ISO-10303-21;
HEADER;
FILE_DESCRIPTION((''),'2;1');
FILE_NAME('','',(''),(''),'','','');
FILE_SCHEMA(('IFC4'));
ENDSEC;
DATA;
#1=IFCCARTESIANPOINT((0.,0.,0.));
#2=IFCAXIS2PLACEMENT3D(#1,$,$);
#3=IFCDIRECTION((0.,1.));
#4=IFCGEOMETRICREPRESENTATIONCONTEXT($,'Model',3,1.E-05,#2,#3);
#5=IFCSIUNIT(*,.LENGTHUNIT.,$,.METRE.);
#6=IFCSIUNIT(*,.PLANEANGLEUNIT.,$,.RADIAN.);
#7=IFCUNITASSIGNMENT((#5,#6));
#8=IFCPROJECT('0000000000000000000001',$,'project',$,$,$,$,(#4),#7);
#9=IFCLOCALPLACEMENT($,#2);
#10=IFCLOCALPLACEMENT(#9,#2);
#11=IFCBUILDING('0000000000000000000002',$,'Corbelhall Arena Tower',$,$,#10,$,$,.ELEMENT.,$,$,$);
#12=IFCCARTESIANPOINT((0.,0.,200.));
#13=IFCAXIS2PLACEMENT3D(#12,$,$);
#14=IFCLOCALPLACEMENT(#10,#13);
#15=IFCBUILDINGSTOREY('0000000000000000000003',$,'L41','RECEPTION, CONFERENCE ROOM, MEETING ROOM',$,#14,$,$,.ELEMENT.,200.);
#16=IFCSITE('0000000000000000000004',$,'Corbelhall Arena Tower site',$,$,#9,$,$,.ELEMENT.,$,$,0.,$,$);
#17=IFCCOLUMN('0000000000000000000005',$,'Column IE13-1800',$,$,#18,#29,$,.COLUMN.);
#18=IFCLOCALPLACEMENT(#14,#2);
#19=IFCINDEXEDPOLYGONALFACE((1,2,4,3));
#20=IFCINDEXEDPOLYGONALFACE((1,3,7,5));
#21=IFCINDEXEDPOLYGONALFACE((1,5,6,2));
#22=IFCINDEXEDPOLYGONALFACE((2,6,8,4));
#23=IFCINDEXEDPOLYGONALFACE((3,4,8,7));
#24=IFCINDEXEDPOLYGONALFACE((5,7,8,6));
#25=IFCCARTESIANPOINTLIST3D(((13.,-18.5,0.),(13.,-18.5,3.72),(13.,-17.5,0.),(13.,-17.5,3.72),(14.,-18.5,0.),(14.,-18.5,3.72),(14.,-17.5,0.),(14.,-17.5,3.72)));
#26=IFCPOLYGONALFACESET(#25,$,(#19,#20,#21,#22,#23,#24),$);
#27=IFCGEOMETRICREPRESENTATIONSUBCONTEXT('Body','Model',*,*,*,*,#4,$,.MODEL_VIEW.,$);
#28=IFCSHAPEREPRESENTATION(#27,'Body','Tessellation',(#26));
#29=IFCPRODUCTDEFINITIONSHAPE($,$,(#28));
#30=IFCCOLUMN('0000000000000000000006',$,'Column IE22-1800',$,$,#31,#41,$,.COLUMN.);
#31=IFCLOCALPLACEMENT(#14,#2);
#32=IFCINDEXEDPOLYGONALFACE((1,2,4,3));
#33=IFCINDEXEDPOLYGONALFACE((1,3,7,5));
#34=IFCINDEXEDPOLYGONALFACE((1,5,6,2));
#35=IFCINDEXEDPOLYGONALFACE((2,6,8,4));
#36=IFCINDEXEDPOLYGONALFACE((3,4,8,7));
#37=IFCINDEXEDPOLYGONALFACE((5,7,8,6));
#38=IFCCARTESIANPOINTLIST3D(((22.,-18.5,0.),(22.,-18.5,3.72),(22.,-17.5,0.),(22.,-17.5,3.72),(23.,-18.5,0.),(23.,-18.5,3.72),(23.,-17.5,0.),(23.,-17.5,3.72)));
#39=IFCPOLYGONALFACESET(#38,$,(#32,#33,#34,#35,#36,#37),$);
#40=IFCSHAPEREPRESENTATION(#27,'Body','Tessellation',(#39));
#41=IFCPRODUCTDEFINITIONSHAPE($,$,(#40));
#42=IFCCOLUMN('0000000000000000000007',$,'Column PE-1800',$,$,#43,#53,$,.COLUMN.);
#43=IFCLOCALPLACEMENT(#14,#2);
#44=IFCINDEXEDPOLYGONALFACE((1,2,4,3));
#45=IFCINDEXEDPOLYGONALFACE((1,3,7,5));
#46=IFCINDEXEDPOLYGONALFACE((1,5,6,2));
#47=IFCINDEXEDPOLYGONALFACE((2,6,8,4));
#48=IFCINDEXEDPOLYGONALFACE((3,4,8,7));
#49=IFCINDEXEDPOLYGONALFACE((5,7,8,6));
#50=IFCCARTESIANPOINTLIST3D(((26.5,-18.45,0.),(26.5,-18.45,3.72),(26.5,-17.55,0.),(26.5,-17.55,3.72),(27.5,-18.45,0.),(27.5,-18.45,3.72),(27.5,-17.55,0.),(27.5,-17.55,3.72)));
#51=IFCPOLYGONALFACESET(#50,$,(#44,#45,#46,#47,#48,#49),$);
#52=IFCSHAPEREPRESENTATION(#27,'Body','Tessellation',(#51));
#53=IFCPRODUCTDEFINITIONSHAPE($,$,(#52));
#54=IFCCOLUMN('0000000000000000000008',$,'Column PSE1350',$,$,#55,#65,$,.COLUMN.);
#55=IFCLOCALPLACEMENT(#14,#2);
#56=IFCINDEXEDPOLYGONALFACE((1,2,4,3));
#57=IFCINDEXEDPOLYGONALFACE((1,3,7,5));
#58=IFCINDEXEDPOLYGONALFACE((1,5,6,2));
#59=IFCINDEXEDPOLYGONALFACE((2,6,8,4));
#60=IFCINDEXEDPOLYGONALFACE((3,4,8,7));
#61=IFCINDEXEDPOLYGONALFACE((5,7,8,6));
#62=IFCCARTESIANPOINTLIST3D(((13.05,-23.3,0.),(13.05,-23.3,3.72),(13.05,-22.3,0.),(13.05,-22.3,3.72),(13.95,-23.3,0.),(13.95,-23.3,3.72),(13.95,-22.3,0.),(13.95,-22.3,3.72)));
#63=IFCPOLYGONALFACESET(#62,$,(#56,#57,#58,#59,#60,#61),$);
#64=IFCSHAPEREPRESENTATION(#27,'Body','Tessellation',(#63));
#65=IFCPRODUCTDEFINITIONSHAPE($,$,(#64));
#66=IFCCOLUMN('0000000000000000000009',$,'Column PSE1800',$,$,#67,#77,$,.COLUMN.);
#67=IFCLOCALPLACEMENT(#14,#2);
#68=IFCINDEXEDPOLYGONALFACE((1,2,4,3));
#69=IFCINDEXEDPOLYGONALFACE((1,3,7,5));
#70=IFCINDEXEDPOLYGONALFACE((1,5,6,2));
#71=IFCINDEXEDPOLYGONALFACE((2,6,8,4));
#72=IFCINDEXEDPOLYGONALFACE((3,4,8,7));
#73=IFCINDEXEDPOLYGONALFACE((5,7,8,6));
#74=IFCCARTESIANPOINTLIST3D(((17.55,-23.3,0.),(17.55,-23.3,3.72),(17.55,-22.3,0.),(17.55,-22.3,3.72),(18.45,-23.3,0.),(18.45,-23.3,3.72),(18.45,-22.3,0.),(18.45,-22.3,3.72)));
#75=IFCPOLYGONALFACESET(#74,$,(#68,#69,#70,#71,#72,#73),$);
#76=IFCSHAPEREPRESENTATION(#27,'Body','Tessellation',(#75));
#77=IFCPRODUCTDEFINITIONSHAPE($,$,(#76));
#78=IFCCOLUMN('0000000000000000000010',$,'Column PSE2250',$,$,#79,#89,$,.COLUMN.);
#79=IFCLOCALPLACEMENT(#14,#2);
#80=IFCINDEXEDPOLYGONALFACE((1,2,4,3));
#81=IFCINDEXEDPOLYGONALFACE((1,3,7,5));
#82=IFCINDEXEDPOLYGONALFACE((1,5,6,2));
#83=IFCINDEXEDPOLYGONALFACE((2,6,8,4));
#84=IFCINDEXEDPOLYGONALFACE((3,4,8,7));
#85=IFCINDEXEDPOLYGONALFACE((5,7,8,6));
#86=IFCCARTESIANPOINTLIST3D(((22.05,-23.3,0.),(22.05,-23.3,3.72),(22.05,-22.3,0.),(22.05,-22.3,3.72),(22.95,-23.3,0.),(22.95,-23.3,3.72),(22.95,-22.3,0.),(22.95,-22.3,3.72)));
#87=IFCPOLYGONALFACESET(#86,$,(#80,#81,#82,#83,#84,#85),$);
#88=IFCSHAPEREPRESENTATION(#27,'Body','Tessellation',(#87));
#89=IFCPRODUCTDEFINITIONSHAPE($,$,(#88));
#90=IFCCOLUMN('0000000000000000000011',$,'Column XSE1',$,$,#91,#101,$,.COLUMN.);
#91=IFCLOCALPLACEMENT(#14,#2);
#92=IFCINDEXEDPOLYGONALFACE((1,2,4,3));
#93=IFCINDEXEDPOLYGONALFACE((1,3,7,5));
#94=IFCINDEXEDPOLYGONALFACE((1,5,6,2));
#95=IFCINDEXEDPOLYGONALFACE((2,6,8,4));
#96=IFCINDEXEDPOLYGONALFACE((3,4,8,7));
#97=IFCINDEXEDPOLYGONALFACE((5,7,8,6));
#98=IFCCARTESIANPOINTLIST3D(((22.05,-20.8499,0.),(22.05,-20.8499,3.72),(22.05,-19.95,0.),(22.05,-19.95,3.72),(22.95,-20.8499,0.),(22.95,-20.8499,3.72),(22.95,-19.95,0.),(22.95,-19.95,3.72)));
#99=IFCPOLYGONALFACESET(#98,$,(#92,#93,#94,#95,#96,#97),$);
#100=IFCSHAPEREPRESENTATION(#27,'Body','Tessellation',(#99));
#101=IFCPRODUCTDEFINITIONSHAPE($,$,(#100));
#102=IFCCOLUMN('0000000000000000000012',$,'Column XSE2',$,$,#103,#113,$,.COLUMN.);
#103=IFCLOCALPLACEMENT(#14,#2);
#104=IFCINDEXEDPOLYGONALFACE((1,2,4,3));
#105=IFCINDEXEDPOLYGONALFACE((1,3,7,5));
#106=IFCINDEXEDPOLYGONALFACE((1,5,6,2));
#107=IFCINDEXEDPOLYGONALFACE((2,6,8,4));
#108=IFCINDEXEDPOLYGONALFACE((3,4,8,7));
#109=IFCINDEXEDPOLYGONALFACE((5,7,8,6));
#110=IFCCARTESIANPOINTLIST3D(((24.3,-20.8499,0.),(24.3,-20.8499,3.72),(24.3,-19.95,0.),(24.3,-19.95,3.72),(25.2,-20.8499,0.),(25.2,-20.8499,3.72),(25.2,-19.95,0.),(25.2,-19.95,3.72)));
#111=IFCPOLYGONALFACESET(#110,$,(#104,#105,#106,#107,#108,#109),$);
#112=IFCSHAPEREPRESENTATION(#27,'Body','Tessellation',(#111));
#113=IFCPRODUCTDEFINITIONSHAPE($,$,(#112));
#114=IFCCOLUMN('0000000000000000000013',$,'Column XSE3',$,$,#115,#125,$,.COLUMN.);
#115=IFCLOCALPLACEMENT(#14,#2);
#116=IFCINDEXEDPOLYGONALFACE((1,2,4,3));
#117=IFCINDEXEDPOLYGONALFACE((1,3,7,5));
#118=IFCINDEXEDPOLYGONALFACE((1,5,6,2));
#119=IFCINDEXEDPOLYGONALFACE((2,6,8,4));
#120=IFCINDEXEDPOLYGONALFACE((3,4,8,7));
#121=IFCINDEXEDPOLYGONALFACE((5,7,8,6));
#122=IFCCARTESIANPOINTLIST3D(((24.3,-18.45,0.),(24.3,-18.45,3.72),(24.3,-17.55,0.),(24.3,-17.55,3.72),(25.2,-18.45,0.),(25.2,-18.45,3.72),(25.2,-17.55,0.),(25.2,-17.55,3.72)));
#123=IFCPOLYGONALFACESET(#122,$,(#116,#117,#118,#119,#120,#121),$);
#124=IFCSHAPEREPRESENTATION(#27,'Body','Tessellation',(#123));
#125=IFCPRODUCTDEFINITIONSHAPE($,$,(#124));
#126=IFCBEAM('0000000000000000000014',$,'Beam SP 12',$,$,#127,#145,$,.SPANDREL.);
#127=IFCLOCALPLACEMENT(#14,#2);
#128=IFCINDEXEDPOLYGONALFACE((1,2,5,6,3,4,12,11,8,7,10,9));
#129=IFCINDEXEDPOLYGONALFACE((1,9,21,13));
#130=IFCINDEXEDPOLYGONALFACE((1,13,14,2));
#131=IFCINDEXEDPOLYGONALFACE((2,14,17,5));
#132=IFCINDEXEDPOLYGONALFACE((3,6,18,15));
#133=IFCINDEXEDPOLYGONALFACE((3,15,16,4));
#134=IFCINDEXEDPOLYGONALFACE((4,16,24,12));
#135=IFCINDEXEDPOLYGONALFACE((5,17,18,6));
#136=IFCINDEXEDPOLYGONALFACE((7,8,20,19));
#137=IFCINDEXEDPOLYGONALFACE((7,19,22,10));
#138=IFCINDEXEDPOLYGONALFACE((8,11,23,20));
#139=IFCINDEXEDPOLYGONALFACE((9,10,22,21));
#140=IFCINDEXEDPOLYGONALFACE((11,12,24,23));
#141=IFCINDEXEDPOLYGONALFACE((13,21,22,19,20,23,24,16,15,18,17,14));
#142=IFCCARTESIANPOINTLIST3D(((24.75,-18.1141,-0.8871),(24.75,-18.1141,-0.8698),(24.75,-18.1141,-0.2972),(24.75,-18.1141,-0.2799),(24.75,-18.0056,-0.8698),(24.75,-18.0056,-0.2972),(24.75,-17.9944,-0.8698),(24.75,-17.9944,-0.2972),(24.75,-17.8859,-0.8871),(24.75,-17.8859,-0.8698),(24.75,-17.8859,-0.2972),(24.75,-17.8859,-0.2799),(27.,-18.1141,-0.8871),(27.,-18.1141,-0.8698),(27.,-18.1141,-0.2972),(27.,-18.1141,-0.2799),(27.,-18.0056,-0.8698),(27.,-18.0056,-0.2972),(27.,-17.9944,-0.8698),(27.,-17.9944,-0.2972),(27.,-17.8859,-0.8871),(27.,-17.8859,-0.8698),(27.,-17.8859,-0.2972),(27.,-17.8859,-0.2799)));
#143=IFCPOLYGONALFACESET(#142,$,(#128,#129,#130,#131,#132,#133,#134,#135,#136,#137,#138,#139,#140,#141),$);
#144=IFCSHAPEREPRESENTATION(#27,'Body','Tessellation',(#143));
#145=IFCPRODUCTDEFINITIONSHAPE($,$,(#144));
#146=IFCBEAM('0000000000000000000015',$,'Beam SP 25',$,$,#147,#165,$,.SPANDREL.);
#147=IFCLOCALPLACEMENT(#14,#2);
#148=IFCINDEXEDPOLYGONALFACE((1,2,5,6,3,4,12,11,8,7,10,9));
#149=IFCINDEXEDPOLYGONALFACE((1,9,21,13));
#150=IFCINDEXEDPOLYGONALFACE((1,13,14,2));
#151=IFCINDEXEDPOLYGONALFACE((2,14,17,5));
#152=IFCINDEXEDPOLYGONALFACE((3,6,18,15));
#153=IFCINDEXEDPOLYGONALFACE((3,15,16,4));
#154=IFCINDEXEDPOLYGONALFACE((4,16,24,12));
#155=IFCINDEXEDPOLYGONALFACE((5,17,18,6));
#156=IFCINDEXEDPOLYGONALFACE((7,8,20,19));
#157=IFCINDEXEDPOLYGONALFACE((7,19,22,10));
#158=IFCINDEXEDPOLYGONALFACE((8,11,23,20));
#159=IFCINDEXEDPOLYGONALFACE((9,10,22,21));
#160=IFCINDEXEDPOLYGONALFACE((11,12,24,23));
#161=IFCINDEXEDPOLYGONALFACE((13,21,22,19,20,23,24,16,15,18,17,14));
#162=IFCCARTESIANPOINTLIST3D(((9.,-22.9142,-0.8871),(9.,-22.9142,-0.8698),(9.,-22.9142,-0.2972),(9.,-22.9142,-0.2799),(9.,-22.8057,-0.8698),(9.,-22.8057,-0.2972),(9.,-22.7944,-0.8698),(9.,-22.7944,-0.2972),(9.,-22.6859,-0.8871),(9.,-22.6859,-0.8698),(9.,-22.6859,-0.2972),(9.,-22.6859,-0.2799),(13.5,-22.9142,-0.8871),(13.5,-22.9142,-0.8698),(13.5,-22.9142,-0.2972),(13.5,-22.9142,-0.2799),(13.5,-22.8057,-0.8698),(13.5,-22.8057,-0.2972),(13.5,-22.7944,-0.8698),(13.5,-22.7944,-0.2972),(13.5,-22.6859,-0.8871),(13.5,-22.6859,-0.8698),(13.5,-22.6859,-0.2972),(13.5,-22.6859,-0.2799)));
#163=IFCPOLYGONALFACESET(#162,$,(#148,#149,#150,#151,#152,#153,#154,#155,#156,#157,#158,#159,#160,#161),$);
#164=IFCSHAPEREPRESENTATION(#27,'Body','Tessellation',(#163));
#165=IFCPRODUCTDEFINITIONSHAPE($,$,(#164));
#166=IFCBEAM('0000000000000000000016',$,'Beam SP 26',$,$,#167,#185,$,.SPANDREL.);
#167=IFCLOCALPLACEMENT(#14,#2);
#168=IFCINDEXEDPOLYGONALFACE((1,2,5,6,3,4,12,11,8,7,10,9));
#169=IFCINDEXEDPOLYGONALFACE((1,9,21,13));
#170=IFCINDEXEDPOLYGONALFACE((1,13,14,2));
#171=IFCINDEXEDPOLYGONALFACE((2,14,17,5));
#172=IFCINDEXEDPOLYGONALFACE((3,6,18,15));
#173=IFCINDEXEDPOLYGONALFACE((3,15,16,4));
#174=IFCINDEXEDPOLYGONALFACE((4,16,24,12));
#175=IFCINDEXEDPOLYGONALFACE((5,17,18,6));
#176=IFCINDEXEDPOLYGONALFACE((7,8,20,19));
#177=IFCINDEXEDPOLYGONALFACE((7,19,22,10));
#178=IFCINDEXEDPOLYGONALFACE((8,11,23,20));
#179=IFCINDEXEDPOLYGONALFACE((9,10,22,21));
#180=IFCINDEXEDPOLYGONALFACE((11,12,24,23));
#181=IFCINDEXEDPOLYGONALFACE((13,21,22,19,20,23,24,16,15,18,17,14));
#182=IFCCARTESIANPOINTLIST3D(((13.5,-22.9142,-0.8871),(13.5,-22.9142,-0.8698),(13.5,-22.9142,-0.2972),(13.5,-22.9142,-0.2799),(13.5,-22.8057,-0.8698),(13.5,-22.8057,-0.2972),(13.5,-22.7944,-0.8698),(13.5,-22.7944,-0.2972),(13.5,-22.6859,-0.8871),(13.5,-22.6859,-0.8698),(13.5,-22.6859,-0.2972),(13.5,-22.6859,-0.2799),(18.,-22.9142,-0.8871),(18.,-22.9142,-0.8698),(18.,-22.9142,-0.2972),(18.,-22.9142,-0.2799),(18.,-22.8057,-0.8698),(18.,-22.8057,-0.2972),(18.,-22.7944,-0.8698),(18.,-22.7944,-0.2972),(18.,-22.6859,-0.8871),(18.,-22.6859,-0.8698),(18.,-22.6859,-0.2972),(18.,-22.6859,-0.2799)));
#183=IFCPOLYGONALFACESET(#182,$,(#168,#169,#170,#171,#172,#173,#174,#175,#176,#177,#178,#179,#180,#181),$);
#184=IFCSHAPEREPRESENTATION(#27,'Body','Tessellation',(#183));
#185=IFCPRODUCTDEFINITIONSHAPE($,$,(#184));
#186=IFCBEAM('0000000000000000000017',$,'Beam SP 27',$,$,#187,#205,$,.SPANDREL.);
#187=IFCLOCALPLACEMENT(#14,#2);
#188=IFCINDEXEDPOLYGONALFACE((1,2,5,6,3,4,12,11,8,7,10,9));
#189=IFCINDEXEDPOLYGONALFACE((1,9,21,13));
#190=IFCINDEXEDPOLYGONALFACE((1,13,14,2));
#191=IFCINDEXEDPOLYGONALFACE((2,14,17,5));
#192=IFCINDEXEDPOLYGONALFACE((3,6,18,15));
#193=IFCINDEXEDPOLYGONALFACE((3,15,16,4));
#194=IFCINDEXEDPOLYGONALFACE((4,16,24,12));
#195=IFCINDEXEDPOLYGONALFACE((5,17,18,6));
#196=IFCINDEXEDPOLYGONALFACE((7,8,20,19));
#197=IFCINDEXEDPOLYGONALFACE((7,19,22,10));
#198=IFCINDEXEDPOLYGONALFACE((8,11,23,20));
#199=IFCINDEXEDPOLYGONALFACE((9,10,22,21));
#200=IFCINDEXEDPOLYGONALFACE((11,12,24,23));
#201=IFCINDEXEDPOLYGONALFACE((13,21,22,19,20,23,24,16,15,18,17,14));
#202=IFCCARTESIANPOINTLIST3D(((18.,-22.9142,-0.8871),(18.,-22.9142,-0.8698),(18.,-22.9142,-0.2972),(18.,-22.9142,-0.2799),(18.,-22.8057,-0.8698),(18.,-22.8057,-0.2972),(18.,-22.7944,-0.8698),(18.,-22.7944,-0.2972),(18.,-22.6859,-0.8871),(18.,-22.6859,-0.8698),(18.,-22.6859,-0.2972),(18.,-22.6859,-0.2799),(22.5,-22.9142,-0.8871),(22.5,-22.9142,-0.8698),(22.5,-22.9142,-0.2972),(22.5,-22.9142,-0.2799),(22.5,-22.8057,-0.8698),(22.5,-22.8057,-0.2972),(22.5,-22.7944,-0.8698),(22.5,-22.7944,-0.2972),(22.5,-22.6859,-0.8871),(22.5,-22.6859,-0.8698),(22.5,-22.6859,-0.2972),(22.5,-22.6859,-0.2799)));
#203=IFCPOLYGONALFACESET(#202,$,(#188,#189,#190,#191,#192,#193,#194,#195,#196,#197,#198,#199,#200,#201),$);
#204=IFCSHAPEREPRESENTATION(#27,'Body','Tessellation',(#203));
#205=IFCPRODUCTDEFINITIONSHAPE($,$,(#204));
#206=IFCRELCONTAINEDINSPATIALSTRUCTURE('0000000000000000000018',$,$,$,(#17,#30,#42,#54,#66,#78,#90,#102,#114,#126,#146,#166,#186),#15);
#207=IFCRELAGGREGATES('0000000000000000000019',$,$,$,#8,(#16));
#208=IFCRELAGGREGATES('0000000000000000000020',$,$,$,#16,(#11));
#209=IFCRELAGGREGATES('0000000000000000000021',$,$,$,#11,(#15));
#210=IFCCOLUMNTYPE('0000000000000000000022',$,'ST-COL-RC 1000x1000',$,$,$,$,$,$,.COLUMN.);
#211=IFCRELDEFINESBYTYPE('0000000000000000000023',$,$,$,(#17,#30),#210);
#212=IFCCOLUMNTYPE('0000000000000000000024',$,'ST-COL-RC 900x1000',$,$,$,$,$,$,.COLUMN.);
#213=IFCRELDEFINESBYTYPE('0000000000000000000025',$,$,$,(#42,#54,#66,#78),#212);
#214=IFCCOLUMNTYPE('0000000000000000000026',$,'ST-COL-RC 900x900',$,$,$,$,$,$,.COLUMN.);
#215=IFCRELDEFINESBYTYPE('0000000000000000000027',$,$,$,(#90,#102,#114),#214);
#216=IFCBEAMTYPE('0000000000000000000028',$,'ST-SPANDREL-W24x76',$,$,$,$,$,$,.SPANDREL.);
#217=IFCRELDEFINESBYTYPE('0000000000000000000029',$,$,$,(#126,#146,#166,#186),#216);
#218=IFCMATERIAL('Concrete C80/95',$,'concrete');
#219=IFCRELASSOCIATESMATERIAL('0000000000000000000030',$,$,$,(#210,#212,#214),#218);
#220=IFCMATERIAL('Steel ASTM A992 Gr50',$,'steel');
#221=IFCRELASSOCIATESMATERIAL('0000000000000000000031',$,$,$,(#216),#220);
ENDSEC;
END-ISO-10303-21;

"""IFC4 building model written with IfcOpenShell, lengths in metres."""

from ifc_helpers import new_model, si_unit, direction, frame, origin, origin_2d, place, context, subcontext, project, spatial, rectangle, i_section, extrude, material, material_profile, profile_set, type_object, element, save


model = new_model("IFC4")

# Units and contexts
model_context = context("Model", 3, precision=1e-05, world=origin(), true_north=direction((0.0, 1.0)))
body_context = subcontext(model_context, "Body", "Model", "MODEL_VIEW")
ifc_project = project(units=[si_unit("LENGTHUNIT", "METRE"), si_unit("PLANEANGLEUNIT", "RADIAN")], contexts=[model_context])

# Site, building, storey
site_placement = place(None, origin())
site = spatial("IfcSite", under=ifc_project, at=site_placement, Name="Corbelhall Arena Tower site", CompositionType="ELEMENT", RefElevation=0.0)
building_placement = place(site_placement, origin())
building = spatial("IfcBuilding", under=site, at=building_placement, Name="Corbelhall Arena Tower", CompositionType="ELEMENT")
storey_placement = place(building_placement, frame((0.0, 0.0, 200.0)))
storey = spatial("IfcBuildingStorey", under=building, at=storey_placement, Name="L41", Description="RECEPTION, CONFERENCE ROOM, MEETING ROOM", CompositionType="ELEMENT", Elevation=200.0)

# Columns
ifc_material_1 = material(Name="Concrete C80/95", Category="concrete")
ifc_material_profile_1 = material_profile(ifc_material_1, rectangle(XDim=1.0, YDim=1.0, at=origin_2d()))
ifc_profile_set_1 = profile_set([ifc_material_profile_1], Name="Concrete C80/95")
column_type_1 = type_object("IfcColumnType", Name="ST-COL-RC 1000x1000", PredefinedType="COLUMN", material=ifc_profile_set_1)
for number, where, z_axis, x_axis, name in (
    (1, (13.5, -18.0, 0.0), (0.0, 0.0, 1.0), (1.0, 0.0, 0.0), "Column IE13-1800"),
    (2, (22.5, -18.0, 0.0), (0.0, 0.0, 1.0), (1.0, 0.0, 0.0), "Column IE22-1800"),
):
    element("IfcColumn", number, at=place(storey_placement, frame(where, z_axis=z_axis, x_axis=x_axis)), inside=storey, type_object=column_type_1, Name=name, PredefinedType="COLUMN", context=body_context, shape_type="SweptSolid", body=[
        extrude(rectangle(XDim=1.0, YDim=1.0, at=origin_2d()), origin(), (0.0, 0.0, 1.0), 3.72),
    ])
ifc_material_profile_2 = material_profile(ifc_material_1, rectangle(XDim=0.8999, YDim=1.0, at=origin_2d()))
ifc_profile_set_2 = profile_set([ifc_material_profile_2], Name="Concrete C80/95")
column_type_2 = type_object("IfcColumnType", Name="ST-COL-RC 900x1000", PredefinedType="COLUMN", material=ifc_profile_set_2)
for number, where, z_axis, x_axis, name in (
    (3, (27.0, -18.0, 0.0), (0.0, 0.0, 1.0), (0.0, 1.0, 0.0), "Column PE-1800"),
    (4, (13.5, -22.8, 0.0), (0.0, 0.0, 1.0), (1.0, 0.0, 0.0), "Column PSE1350"),
    (5, (18.0, -22.8, 0.0), (0.0, 0.0, 1.0), (1.0, 0.0, 0.0), "Column PSE1800"),
    (6, (22.5, -22.8, 0.0), (0.0, 0.0, 1.0), (1.0, 0.0, 0.0), "Column PSE2250"),
):
    element("IfcColumn", number, at=place(storey_placement, frame(where, z_axis=z_axis, x_axis=x_axis)), inside=storey, type_object=column_type_2, Name=name, PredefinedType="COLUMN", context=body_context, shape_type="SweptSolid", body=[
        extrude(rectangle(XDim=0.8999, YDim=1.0, at=origin_2d()), origin(), (0.0, 0.0, 1.0), 3.72),
    ])
ifc_material_profile_3 = material_profile(ifc_material_1, rectangle(XDim=0.8999, YDim=0.8999, at=origin_2d()))
ifc_profile_set_3 = profile_set([ifc_material_profile_3], Name="Concrete C80/95")
column_type_3 = type_object("IfcColumnType", Name="ST-COL-RC 900x900", PredefinedType="COLUMN", material=ifc_profile_set_3)
for number, where, z_axis, x_axis, name in (
    (7, (22.5, -20.3999, 0.0), (0.0, 0.0, 1.0), (1.0, 0.0, 0.0), "Column XSE1"),
    (8, (24.75, -20.3999, 0.0), (0.0, 0.0, 1.0), (1.0, 0.0, 0.0), "Column XSE2"),
    (9, (24.75, -18.0, 0.0), (0.0, 0.0, 1.0), (1.0, 0.0, 0.0), "Column XSE3"),
):
    element("IfcColumn", number, at=place(storey_placement, frame(where, z_axis=z_axis, x_axis=x_axis)), inside=storey, type_object=column_type_3, Name=name, PredefinedType="COLUMN", context=body_context, shape_type="SweptSolid", body=[
        extrude(rectangle(XDim=0.8999, YDim=0.8999, at=origin_2d()), origin(), (0.0, 0.0, 1.0), 3.72),
    ])

# Beams
ifc_material_2 = material(Name="Steel ASTM A992 Gr50", Category="steel")
ifc_material_profile_4 = material_profile(ifc_material_2, i_section(OverallWidth=0.2283, OverallDepth=0.6072, WebThickness=0.0112, FlangeThickness=0.0173, at=origin_2d()))
ifc_profile_set_4 = profile_set([ifc_material_profile_4], Name="Steel ASTM A992 Gr50")
beam_type = type_object("IfcBeamType", Name="ST-SPANDREL-W24x76", PredefinedType="SPANDREL", material=ifc_profile_set_4)
beam_1_placement = place(storey_placement, frame((27.0, -18.0, -0.5835), z_axis=(-1.0, 0.0, 0.0), x_axis=(0.0, -1.0, 0.0)))
element("IfcBeam", 10, at=beam_1_placement, inside=storey, type_object=beam_type, Name="Beam SP 12", PredefinedType="SPANDREL", context=body_context, shape_type="SweptSolid", body=[
    extrude(i_section(OverallWidth=0.2283, OverallDepth=0.6072, WebThickness=0.0112, FlangeThickness=0.0173, at=origin_2d()), origin(), (0.0, 0.0, 1.0), 2.25),
])
for number, where, z_axis, x_axis, name in (
    (11, (13.5, -22.8, -0.5835), (-1.0, 0.0, 0.0), (0.0, -1.0, 0.0), "Beam SP 25"),
    (12, (18.0, -22.8, -0.5835), (-1.0, 0.0, 0.0), (0.0, -1.0, 0.0), "Beam SP 26"),
    (13, (22.5, -22.8, -0.5835), (-1.0, 0.0, 0.0), (0.0, -1.0, 0.0), "Beam SP 27"),
):
    element("IfcBeam", number, at=place(storey_placement, frame(where, z_axis=z_axis, x_axis=x_axis)), inside=storey, type_object=beam_type, Name=name, PredefinedType="SPANDREL", context=body_context, shape_type="SweptSolid", body=[
        extrude(i_section(OverallWidth=0.2283, OverallDepth=0.6072, WebThickness=0.0112, FlangeThickness=0.0173, at=origin_2d()), origin(), (0.0, 0.0, 1.0), 4.5),
    ])

save(model, "model.ifc")
